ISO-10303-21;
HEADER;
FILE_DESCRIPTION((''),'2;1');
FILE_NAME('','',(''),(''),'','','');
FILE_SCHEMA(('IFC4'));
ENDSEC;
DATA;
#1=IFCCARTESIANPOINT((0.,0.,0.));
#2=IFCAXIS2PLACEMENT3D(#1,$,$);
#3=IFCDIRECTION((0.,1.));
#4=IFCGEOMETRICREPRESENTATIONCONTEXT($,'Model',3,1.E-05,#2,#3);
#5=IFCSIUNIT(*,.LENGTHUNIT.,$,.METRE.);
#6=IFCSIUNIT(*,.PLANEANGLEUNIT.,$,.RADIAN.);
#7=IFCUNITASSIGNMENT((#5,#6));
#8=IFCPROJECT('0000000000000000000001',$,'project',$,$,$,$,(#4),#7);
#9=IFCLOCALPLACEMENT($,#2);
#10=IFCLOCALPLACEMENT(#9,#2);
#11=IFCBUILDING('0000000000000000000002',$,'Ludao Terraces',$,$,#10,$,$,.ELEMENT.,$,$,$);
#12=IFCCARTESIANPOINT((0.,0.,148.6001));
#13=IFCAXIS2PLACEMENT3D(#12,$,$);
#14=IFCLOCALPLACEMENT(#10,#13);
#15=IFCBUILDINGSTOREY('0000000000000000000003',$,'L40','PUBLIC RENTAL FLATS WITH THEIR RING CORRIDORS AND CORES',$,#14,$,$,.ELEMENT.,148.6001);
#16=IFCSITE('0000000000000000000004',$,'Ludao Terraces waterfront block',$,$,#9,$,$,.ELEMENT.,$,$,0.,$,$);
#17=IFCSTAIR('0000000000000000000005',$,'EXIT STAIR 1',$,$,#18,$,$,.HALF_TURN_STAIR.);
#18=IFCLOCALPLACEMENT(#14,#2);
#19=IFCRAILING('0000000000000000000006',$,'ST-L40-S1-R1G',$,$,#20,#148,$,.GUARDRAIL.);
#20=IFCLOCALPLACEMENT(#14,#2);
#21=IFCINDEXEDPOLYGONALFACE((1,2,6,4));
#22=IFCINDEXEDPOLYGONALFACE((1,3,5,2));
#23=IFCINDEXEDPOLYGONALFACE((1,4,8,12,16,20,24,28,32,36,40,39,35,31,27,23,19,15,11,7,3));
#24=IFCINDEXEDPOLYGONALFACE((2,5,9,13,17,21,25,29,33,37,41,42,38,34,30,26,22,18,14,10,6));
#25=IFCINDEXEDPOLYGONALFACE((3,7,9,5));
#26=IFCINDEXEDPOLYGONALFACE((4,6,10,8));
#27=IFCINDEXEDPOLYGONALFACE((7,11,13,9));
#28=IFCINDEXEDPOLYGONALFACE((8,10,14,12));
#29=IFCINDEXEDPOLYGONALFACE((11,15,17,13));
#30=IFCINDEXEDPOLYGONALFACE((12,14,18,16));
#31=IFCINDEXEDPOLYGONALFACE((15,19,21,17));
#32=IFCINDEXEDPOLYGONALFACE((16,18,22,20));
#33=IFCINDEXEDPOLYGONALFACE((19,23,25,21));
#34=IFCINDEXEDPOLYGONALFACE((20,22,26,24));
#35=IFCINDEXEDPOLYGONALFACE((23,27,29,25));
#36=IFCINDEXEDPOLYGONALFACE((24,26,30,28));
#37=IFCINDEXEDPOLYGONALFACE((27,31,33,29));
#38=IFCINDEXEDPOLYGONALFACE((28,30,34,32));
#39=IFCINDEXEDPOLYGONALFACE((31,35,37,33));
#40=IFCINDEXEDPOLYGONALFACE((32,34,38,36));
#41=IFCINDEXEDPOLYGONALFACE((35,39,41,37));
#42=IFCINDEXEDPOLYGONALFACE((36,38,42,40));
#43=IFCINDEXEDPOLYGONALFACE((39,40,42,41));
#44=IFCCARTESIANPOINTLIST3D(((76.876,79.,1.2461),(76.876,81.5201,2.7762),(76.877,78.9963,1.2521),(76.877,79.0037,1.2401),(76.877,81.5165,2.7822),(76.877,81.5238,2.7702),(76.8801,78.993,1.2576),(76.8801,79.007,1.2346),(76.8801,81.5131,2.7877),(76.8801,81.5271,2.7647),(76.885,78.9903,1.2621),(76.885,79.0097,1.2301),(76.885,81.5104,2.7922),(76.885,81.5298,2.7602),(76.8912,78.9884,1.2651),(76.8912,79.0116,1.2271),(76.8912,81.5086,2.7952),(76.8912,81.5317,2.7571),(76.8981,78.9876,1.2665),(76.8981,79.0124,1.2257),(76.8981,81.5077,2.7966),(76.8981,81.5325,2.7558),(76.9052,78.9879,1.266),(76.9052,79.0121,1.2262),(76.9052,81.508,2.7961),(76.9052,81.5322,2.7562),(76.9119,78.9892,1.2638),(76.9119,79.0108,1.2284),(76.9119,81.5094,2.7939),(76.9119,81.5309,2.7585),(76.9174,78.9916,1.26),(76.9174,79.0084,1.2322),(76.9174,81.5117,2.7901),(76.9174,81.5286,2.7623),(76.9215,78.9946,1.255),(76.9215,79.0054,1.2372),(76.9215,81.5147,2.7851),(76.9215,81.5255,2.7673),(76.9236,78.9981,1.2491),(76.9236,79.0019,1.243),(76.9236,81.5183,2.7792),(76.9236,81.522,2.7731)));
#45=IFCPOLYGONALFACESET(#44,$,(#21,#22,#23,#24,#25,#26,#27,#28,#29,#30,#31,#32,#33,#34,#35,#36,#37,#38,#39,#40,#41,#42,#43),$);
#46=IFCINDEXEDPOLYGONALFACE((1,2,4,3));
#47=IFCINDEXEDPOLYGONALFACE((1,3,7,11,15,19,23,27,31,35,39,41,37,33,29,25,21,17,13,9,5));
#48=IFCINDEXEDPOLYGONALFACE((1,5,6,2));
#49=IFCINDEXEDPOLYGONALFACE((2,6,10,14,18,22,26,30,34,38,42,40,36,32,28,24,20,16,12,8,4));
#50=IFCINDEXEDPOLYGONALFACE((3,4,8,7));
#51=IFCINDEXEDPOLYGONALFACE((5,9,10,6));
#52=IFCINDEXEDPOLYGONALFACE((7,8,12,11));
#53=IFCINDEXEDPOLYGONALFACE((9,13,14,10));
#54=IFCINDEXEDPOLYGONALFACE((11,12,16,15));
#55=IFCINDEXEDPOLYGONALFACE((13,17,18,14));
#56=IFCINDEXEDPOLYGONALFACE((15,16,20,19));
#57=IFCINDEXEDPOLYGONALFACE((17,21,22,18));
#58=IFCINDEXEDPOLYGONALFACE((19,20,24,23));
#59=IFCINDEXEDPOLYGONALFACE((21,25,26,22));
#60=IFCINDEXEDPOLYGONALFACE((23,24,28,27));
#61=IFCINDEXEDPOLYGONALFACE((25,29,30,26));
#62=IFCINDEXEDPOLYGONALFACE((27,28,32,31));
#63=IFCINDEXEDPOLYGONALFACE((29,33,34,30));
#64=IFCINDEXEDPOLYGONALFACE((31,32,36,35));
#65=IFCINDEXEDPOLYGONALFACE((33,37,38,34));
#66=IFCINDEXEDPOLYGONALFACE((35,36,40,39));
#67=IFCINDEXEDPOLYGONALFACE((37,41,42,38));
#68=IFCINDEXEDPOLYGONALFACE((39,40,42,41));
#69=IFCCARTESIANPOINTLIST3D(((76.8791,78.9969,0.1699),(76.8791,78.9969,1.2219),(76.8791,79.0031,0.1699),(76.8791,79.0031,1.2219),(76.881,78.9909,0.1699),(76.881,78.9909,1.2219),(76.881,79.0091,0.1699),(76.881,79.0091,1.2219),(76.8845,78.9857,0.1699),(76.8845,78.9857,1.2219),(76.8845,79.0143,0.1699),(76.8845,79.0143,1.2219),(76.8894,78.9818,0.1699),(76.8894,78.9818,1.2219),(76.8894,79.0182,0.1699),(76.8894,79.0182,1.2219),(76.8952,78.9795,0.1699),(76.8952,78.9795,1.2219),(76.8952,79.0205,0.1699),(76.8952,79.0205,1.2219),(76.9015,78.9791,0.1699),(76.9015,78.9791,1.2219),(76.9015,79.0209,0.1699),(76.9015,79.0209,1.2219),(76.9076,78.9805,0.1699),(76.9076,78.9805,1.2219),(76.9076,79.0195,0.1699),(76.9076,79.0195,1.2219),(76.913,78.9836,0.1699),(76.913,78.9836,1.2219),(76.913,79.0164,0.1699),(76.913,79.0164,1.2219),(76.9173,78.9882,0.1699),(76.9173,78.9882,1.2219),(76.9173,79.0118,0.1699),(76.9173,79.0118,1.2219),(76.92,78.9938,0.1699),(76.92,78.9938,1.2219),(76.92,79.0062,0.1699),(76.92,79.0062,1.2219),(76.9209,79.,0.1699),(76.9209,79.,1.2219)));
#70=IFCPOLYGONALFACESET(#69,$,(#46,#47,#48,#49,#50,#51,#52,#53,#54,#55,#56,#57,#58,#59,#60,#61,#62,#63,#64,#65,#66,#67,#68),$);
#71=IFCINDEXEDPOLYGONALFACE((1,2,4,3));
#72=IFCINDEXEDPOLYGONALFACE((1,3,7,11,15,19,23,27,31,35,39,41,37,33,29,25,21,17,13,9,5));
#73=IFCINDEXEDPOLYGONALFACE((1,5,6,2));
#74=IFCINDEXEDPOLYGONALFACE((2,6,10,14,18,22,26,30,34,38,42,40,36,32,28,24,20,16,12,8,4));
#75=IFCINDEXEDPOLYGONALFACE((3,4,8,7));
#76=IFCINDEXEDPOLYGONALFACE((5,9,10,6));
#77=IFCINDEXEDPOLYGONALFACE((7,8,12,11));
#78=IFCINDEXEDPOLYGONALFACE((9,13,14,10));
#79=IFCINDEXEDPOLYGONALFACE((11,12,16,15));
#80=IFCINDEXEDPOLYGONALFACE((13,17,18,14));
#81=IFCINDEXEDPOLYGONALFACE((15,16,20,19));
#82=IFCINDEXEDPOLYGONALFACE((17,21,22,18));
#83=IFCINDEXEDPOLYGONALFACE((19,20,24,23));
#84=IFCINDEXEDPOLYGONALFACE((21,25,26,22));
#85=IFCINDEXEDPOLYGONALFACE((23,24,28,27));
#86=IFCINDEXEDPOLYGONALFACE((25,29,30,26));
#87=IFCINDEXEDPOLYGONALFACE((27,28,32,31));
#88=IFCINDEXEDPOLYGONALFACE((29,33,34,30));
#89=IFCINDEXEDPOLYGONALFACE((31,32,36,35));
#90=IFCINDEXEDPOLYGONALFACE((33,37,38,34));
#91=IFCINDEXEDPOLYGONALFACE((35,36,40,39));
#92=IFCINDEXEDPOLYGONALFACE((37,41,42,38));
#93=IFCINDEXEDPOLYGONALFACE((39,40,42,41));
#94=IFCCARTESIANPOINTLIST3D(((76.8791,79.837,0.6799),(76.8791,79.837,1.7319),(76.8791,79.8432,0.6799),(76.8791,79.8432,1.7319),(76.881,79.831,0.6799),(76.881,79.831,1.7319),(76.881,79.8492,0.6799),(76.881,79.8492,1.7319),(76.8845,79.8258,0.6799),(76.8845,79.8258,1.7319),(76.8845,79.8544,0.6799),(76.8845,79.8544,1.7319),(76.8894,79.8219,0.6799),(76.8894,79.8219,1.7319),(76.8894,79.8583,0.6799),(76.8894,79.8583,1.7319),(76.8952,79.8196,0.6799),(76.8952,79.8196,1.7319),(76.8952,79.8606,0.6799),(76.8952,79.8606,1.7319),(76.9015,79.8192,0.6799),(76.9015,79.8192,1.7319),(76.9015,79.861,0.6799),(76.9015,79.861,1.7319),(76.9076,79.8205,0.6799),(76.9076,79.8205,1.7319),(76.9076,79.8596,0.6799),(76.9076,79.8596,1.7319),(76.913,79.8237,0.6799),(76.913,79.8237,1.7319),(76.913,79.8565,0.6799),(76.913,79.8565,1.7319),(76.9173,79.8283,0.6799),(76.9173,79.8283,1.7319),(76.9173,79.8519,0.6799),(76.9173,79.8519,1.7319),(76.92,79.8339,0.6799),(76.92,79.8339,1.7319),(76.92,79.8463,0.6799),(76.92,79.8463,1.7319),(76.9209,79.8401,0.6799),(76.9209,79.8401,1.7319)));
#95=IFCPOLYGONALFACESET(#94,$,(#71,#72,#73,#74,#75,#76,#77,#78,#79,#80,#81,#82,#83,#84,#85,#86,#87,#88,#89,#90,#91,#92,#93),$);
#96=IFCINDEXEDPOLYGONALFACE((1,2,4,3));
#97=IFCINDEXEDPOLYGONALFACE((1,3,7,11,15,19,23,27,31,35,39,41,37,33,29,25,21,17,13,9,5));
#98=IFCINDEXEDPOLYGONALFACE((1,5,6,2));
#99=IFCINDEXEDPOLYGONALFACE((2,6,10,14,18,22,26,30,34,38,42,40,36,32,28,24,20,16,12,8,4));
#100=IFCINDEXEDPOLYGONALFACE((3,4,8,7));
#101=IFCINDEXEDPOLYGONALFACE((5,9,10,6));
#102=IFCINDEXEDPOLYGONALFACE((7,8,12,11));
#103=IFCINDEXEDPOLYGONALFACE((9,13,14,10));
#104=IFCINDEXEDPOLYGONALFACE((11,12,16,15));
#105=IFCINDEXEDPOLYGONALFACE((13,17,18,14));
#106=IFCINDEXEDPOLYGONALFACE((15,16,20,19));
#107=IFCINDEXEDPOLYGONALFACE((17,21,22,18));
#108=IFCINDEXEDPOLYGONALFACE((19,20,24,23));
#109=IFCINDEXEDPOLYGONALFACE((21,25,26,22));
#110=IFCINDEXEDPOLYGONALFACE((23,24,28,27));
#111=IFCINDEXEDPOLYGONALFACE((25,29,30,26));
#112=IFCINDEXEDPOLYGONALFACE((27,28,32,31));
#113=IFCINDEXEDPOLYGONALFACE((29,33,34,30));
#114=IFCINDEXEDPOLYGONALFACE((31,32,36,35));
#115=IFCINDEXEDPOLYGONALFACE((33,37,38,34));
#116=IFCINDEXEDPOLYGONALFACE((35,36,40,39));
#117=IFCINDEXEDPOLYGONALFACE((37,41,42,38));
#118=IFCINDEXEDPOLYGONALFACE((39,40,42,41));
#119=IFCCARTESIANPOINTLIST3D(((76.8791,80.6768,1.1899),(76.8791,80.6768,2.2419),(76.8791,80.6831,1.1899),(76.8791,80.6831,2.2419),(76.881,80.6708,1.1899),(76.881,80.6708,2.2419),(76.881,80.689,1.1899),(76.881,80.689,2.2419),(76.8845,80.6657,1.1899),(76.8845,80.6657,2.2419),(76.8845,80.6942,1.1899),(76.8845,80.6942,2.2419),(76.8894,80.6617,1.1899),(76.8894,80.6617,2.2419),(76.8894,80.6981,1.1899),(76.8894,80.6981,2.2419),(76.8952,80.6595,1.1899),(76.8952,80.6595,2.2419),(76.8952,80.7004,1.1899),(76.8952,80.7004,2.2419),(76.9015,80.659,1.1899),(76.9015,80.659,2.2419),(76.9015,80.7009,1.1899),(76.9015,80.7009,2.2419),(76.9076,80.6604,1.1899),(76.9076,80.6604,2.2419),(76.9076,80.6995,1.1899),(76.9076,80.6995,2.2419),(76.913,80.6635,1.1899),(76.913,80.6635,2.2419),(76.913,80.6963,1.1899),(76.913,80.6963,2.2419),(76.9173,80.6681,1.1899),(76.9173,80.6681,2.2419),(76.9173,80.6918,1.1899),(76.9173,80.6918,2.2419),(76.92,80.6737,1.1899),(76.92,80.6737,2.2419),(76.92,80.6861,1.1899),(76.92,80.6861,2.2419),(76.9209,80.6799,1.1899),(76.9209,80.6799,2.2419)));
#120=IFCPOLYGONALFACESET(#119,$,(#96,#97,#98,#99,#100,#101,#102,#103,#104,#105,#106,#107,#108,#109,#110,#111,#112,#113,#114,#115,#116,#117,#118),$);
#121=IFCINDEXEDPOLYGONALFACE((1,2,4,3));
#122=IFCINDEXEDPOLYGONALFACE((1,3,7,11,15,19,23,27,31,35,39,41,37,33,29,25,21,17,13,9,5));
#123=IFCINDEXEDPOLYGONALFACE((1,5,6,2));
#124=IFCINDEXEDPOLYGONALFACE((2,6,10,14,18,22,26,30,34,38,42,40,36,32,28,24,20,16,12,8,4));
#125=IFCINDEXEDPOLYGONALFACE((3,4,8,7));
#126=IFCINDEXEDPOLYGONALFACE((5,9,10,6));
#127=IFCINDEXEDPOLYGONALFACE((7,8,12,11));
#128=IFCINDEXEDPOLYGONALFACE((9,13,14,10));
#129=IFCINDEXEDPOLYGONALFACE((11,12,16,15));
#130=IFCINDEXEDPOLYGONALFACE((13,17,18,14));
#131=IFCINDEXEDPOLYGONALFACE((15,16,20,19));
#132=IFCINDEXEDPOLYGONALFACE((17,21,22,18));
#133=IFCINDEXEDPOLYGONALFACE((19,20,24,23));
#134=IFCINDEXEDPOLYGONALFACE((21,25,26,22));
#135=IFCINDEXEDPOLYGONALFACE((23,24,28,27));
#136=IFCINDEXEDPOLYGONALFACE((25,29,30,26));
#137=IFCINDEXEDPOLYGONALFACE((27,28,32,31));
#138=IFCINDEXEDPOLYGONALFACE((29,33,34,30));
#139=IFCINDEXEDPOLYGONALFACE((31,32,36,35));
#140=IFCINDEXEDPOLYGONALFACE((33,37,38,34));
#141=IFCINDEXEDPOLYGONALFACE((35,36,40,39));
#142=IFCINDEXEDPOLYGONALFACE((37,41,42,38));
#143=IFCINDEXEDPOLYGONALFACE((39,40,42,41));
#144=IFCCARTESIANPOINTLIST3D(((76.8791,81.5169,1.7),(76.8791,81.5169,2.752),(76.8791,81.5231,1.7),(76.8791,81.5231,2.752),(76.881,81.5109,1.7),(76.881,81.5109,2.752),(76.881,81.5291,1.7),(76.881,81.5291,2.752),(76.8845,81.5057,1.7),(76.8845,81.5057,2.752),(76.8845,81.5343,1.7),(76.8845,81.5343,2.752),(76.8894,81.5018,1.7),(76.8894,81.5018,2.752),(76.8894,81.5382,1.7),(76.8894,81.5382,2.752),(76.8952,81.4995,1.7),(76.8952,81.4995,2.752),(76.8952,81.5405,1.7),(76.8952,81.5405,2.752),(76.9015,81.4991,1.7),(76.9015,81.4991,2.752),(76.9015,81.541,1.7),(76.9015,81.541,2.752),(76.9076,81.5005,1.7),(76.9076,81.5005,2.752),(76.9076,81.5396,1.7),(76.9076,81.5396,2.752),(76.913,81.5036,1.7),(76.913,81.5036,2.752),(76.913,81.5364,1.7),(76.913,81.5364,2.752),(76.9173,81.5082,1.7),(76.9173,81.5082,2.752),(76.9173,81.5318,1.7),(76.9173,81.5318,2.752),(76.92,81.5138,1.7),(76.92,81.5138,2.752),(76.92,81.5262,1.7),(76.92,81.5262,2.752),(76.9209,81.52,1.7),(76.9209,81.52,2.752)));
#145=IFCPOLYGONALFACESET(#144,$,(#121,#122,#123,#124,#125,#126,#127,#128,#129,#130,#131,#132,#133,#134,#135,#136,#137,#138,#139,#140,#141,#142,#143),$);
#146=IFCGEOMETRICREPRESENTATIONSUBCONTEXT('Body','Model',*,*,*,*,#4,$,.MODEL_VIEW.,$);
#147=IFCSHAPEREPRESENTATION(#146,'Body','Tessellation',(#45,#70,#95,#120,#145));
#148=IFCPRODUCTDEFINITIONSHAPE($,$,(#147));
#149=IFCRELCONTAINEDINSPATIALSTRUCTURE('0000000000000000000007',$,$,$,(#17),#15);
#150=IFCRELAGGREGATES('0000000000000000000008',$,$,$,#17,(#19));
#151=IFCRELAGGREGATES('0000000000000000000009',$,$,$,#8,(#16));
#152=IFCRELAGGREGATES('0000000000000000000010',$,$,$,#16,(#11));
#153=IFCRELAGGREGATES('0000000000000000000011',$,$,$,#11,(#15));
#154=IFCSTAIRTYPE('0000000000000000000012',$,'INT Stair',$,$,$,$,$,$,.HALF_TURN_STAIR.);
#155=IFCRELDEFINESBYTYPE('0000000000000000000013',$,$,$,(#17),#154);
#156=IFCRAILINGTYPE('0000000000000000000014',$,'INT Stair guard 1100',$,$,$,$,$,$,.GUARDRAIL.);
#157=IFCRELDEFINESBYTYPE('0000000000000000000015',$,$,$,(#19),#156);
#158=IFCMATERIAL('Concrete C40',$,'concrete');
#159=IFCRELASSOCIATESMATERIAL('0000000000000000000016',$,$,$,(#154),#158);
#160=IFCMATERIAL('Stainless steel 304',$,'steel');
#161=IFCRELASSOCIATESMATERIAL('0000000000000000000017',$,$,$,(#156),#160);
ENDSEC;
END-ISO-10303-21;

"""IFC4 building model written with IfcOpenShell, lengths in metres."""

from ifc_helpers import new_model, si_unit, direction, frame, origin, origin_2d, place, context, subcontext, project, spatial, circle, extrude, material, type_object, element, aggregate, save


model = new_model("IFC4")

# Units and contexts
model_context = context("Model", 3, precision=1e-05, world=origin(), true_north=direction((0.0, 1.0)))
body_context = subcontext(model_context, "Body", "Model", "MODEL_VIEW")
ifc_project = project(units=[si_unit("LENGTHUNIT", "METRE"), si_unit("PLANEANGLEUNIT", "RADIAN")], contexts=[model_context])

# Site, building, storey
site_placement = place(None, origin())
site = spatial("IfcSite", under=ifc_project, at=site_placement, Name="Ludao Terraces waterfront block", CompositionType="ELEMENT", RefElevation=0.0)
building_placement = place(site_placement, origin())
building = spatial("IfcBuilding", under=site, at=building_placement, Name="Ludao Terraces", CompositionType="ELEMENT")
storey_placement = place(building_placement, frame((0.0, 0.0, 148.6001)))
storey = spatial("IfcBuildingStorey", under=building, at=storey_placement, Name="L40", Description="PUBLIC RENTAL FLATS WITH THEIR RING CORRIDORS AND CORES", CompositionType="ELEMENT", Elevation=148.6001)

# Shared definitions
ifc_material_1 = material(Name="Concrete C40", Category="concrete")

# Shared definitions
ifc_material_2 = material(Name="Stainless steel 304", Category="steel")

# Stair, railing
stair_type = type_object("IfcStairType", Name="INT Stair", PredefinedType="HALF_TURN_STAIR", material=ifc_material_1)
stair_placement = place(storey_placement, origin())
stair = element("IfcStair", 1, at=stair_placement, inside=storey, type_object=stair_type, Name="EXIT STAIR 1", PredefinedType="HALF_TURN_STAIR")
railing_type_1 = type_object("IfcRailingType", Name="INT Stair guard 1100", PredefinedType="GUARDRAIL", material=ifc_material_2)
railing_1_placement = place(storey_placement, frame((76.8999, 79.0, 0.1699)))
railing_1 = element("IfcRailing", 2, at=railing_1_placement, type_object=railing_type_1, Name="ST-L40-S1-R1G", PredefinedType="GUARDRAIL", context=body_context, shape_type="SweptSolid", body=[
    extrude(circle(Radius=0.0239, at=origin_2d()), frame((0.0, 0.0, 1.0762), z_axis=(0.0, 0.854785, 0.518982), x_axis=(-1.0, 0.0, 0.0)), (0.0, 0.0, 1.0), 2.9482),
    extrude(circle(Radius=0.021, at=origin_2d()), origin(), (0.0, 0.0, 1.0), 1.052),
    extrude(circle(Radius=0.021, at=origin_2d()), frame((0.0, 0.8401, 0.51)), (0.0, 0.0, 1.0), 1.052),
    extrude(circle(Radius=0.021, at=origin_2d()), frame((0.0, 1.6799, 1.02)), (0.0, 0.0, 1.0), 1.052),
    extrude(circle(Radius=0.021, at=origin_2d()), frame((0.0, 2.52, 1.53)), (0.0, 0.0, 1.0), 1.052),
])
aggregate(stair, [railing_1])

save(model, "model.ifc")
